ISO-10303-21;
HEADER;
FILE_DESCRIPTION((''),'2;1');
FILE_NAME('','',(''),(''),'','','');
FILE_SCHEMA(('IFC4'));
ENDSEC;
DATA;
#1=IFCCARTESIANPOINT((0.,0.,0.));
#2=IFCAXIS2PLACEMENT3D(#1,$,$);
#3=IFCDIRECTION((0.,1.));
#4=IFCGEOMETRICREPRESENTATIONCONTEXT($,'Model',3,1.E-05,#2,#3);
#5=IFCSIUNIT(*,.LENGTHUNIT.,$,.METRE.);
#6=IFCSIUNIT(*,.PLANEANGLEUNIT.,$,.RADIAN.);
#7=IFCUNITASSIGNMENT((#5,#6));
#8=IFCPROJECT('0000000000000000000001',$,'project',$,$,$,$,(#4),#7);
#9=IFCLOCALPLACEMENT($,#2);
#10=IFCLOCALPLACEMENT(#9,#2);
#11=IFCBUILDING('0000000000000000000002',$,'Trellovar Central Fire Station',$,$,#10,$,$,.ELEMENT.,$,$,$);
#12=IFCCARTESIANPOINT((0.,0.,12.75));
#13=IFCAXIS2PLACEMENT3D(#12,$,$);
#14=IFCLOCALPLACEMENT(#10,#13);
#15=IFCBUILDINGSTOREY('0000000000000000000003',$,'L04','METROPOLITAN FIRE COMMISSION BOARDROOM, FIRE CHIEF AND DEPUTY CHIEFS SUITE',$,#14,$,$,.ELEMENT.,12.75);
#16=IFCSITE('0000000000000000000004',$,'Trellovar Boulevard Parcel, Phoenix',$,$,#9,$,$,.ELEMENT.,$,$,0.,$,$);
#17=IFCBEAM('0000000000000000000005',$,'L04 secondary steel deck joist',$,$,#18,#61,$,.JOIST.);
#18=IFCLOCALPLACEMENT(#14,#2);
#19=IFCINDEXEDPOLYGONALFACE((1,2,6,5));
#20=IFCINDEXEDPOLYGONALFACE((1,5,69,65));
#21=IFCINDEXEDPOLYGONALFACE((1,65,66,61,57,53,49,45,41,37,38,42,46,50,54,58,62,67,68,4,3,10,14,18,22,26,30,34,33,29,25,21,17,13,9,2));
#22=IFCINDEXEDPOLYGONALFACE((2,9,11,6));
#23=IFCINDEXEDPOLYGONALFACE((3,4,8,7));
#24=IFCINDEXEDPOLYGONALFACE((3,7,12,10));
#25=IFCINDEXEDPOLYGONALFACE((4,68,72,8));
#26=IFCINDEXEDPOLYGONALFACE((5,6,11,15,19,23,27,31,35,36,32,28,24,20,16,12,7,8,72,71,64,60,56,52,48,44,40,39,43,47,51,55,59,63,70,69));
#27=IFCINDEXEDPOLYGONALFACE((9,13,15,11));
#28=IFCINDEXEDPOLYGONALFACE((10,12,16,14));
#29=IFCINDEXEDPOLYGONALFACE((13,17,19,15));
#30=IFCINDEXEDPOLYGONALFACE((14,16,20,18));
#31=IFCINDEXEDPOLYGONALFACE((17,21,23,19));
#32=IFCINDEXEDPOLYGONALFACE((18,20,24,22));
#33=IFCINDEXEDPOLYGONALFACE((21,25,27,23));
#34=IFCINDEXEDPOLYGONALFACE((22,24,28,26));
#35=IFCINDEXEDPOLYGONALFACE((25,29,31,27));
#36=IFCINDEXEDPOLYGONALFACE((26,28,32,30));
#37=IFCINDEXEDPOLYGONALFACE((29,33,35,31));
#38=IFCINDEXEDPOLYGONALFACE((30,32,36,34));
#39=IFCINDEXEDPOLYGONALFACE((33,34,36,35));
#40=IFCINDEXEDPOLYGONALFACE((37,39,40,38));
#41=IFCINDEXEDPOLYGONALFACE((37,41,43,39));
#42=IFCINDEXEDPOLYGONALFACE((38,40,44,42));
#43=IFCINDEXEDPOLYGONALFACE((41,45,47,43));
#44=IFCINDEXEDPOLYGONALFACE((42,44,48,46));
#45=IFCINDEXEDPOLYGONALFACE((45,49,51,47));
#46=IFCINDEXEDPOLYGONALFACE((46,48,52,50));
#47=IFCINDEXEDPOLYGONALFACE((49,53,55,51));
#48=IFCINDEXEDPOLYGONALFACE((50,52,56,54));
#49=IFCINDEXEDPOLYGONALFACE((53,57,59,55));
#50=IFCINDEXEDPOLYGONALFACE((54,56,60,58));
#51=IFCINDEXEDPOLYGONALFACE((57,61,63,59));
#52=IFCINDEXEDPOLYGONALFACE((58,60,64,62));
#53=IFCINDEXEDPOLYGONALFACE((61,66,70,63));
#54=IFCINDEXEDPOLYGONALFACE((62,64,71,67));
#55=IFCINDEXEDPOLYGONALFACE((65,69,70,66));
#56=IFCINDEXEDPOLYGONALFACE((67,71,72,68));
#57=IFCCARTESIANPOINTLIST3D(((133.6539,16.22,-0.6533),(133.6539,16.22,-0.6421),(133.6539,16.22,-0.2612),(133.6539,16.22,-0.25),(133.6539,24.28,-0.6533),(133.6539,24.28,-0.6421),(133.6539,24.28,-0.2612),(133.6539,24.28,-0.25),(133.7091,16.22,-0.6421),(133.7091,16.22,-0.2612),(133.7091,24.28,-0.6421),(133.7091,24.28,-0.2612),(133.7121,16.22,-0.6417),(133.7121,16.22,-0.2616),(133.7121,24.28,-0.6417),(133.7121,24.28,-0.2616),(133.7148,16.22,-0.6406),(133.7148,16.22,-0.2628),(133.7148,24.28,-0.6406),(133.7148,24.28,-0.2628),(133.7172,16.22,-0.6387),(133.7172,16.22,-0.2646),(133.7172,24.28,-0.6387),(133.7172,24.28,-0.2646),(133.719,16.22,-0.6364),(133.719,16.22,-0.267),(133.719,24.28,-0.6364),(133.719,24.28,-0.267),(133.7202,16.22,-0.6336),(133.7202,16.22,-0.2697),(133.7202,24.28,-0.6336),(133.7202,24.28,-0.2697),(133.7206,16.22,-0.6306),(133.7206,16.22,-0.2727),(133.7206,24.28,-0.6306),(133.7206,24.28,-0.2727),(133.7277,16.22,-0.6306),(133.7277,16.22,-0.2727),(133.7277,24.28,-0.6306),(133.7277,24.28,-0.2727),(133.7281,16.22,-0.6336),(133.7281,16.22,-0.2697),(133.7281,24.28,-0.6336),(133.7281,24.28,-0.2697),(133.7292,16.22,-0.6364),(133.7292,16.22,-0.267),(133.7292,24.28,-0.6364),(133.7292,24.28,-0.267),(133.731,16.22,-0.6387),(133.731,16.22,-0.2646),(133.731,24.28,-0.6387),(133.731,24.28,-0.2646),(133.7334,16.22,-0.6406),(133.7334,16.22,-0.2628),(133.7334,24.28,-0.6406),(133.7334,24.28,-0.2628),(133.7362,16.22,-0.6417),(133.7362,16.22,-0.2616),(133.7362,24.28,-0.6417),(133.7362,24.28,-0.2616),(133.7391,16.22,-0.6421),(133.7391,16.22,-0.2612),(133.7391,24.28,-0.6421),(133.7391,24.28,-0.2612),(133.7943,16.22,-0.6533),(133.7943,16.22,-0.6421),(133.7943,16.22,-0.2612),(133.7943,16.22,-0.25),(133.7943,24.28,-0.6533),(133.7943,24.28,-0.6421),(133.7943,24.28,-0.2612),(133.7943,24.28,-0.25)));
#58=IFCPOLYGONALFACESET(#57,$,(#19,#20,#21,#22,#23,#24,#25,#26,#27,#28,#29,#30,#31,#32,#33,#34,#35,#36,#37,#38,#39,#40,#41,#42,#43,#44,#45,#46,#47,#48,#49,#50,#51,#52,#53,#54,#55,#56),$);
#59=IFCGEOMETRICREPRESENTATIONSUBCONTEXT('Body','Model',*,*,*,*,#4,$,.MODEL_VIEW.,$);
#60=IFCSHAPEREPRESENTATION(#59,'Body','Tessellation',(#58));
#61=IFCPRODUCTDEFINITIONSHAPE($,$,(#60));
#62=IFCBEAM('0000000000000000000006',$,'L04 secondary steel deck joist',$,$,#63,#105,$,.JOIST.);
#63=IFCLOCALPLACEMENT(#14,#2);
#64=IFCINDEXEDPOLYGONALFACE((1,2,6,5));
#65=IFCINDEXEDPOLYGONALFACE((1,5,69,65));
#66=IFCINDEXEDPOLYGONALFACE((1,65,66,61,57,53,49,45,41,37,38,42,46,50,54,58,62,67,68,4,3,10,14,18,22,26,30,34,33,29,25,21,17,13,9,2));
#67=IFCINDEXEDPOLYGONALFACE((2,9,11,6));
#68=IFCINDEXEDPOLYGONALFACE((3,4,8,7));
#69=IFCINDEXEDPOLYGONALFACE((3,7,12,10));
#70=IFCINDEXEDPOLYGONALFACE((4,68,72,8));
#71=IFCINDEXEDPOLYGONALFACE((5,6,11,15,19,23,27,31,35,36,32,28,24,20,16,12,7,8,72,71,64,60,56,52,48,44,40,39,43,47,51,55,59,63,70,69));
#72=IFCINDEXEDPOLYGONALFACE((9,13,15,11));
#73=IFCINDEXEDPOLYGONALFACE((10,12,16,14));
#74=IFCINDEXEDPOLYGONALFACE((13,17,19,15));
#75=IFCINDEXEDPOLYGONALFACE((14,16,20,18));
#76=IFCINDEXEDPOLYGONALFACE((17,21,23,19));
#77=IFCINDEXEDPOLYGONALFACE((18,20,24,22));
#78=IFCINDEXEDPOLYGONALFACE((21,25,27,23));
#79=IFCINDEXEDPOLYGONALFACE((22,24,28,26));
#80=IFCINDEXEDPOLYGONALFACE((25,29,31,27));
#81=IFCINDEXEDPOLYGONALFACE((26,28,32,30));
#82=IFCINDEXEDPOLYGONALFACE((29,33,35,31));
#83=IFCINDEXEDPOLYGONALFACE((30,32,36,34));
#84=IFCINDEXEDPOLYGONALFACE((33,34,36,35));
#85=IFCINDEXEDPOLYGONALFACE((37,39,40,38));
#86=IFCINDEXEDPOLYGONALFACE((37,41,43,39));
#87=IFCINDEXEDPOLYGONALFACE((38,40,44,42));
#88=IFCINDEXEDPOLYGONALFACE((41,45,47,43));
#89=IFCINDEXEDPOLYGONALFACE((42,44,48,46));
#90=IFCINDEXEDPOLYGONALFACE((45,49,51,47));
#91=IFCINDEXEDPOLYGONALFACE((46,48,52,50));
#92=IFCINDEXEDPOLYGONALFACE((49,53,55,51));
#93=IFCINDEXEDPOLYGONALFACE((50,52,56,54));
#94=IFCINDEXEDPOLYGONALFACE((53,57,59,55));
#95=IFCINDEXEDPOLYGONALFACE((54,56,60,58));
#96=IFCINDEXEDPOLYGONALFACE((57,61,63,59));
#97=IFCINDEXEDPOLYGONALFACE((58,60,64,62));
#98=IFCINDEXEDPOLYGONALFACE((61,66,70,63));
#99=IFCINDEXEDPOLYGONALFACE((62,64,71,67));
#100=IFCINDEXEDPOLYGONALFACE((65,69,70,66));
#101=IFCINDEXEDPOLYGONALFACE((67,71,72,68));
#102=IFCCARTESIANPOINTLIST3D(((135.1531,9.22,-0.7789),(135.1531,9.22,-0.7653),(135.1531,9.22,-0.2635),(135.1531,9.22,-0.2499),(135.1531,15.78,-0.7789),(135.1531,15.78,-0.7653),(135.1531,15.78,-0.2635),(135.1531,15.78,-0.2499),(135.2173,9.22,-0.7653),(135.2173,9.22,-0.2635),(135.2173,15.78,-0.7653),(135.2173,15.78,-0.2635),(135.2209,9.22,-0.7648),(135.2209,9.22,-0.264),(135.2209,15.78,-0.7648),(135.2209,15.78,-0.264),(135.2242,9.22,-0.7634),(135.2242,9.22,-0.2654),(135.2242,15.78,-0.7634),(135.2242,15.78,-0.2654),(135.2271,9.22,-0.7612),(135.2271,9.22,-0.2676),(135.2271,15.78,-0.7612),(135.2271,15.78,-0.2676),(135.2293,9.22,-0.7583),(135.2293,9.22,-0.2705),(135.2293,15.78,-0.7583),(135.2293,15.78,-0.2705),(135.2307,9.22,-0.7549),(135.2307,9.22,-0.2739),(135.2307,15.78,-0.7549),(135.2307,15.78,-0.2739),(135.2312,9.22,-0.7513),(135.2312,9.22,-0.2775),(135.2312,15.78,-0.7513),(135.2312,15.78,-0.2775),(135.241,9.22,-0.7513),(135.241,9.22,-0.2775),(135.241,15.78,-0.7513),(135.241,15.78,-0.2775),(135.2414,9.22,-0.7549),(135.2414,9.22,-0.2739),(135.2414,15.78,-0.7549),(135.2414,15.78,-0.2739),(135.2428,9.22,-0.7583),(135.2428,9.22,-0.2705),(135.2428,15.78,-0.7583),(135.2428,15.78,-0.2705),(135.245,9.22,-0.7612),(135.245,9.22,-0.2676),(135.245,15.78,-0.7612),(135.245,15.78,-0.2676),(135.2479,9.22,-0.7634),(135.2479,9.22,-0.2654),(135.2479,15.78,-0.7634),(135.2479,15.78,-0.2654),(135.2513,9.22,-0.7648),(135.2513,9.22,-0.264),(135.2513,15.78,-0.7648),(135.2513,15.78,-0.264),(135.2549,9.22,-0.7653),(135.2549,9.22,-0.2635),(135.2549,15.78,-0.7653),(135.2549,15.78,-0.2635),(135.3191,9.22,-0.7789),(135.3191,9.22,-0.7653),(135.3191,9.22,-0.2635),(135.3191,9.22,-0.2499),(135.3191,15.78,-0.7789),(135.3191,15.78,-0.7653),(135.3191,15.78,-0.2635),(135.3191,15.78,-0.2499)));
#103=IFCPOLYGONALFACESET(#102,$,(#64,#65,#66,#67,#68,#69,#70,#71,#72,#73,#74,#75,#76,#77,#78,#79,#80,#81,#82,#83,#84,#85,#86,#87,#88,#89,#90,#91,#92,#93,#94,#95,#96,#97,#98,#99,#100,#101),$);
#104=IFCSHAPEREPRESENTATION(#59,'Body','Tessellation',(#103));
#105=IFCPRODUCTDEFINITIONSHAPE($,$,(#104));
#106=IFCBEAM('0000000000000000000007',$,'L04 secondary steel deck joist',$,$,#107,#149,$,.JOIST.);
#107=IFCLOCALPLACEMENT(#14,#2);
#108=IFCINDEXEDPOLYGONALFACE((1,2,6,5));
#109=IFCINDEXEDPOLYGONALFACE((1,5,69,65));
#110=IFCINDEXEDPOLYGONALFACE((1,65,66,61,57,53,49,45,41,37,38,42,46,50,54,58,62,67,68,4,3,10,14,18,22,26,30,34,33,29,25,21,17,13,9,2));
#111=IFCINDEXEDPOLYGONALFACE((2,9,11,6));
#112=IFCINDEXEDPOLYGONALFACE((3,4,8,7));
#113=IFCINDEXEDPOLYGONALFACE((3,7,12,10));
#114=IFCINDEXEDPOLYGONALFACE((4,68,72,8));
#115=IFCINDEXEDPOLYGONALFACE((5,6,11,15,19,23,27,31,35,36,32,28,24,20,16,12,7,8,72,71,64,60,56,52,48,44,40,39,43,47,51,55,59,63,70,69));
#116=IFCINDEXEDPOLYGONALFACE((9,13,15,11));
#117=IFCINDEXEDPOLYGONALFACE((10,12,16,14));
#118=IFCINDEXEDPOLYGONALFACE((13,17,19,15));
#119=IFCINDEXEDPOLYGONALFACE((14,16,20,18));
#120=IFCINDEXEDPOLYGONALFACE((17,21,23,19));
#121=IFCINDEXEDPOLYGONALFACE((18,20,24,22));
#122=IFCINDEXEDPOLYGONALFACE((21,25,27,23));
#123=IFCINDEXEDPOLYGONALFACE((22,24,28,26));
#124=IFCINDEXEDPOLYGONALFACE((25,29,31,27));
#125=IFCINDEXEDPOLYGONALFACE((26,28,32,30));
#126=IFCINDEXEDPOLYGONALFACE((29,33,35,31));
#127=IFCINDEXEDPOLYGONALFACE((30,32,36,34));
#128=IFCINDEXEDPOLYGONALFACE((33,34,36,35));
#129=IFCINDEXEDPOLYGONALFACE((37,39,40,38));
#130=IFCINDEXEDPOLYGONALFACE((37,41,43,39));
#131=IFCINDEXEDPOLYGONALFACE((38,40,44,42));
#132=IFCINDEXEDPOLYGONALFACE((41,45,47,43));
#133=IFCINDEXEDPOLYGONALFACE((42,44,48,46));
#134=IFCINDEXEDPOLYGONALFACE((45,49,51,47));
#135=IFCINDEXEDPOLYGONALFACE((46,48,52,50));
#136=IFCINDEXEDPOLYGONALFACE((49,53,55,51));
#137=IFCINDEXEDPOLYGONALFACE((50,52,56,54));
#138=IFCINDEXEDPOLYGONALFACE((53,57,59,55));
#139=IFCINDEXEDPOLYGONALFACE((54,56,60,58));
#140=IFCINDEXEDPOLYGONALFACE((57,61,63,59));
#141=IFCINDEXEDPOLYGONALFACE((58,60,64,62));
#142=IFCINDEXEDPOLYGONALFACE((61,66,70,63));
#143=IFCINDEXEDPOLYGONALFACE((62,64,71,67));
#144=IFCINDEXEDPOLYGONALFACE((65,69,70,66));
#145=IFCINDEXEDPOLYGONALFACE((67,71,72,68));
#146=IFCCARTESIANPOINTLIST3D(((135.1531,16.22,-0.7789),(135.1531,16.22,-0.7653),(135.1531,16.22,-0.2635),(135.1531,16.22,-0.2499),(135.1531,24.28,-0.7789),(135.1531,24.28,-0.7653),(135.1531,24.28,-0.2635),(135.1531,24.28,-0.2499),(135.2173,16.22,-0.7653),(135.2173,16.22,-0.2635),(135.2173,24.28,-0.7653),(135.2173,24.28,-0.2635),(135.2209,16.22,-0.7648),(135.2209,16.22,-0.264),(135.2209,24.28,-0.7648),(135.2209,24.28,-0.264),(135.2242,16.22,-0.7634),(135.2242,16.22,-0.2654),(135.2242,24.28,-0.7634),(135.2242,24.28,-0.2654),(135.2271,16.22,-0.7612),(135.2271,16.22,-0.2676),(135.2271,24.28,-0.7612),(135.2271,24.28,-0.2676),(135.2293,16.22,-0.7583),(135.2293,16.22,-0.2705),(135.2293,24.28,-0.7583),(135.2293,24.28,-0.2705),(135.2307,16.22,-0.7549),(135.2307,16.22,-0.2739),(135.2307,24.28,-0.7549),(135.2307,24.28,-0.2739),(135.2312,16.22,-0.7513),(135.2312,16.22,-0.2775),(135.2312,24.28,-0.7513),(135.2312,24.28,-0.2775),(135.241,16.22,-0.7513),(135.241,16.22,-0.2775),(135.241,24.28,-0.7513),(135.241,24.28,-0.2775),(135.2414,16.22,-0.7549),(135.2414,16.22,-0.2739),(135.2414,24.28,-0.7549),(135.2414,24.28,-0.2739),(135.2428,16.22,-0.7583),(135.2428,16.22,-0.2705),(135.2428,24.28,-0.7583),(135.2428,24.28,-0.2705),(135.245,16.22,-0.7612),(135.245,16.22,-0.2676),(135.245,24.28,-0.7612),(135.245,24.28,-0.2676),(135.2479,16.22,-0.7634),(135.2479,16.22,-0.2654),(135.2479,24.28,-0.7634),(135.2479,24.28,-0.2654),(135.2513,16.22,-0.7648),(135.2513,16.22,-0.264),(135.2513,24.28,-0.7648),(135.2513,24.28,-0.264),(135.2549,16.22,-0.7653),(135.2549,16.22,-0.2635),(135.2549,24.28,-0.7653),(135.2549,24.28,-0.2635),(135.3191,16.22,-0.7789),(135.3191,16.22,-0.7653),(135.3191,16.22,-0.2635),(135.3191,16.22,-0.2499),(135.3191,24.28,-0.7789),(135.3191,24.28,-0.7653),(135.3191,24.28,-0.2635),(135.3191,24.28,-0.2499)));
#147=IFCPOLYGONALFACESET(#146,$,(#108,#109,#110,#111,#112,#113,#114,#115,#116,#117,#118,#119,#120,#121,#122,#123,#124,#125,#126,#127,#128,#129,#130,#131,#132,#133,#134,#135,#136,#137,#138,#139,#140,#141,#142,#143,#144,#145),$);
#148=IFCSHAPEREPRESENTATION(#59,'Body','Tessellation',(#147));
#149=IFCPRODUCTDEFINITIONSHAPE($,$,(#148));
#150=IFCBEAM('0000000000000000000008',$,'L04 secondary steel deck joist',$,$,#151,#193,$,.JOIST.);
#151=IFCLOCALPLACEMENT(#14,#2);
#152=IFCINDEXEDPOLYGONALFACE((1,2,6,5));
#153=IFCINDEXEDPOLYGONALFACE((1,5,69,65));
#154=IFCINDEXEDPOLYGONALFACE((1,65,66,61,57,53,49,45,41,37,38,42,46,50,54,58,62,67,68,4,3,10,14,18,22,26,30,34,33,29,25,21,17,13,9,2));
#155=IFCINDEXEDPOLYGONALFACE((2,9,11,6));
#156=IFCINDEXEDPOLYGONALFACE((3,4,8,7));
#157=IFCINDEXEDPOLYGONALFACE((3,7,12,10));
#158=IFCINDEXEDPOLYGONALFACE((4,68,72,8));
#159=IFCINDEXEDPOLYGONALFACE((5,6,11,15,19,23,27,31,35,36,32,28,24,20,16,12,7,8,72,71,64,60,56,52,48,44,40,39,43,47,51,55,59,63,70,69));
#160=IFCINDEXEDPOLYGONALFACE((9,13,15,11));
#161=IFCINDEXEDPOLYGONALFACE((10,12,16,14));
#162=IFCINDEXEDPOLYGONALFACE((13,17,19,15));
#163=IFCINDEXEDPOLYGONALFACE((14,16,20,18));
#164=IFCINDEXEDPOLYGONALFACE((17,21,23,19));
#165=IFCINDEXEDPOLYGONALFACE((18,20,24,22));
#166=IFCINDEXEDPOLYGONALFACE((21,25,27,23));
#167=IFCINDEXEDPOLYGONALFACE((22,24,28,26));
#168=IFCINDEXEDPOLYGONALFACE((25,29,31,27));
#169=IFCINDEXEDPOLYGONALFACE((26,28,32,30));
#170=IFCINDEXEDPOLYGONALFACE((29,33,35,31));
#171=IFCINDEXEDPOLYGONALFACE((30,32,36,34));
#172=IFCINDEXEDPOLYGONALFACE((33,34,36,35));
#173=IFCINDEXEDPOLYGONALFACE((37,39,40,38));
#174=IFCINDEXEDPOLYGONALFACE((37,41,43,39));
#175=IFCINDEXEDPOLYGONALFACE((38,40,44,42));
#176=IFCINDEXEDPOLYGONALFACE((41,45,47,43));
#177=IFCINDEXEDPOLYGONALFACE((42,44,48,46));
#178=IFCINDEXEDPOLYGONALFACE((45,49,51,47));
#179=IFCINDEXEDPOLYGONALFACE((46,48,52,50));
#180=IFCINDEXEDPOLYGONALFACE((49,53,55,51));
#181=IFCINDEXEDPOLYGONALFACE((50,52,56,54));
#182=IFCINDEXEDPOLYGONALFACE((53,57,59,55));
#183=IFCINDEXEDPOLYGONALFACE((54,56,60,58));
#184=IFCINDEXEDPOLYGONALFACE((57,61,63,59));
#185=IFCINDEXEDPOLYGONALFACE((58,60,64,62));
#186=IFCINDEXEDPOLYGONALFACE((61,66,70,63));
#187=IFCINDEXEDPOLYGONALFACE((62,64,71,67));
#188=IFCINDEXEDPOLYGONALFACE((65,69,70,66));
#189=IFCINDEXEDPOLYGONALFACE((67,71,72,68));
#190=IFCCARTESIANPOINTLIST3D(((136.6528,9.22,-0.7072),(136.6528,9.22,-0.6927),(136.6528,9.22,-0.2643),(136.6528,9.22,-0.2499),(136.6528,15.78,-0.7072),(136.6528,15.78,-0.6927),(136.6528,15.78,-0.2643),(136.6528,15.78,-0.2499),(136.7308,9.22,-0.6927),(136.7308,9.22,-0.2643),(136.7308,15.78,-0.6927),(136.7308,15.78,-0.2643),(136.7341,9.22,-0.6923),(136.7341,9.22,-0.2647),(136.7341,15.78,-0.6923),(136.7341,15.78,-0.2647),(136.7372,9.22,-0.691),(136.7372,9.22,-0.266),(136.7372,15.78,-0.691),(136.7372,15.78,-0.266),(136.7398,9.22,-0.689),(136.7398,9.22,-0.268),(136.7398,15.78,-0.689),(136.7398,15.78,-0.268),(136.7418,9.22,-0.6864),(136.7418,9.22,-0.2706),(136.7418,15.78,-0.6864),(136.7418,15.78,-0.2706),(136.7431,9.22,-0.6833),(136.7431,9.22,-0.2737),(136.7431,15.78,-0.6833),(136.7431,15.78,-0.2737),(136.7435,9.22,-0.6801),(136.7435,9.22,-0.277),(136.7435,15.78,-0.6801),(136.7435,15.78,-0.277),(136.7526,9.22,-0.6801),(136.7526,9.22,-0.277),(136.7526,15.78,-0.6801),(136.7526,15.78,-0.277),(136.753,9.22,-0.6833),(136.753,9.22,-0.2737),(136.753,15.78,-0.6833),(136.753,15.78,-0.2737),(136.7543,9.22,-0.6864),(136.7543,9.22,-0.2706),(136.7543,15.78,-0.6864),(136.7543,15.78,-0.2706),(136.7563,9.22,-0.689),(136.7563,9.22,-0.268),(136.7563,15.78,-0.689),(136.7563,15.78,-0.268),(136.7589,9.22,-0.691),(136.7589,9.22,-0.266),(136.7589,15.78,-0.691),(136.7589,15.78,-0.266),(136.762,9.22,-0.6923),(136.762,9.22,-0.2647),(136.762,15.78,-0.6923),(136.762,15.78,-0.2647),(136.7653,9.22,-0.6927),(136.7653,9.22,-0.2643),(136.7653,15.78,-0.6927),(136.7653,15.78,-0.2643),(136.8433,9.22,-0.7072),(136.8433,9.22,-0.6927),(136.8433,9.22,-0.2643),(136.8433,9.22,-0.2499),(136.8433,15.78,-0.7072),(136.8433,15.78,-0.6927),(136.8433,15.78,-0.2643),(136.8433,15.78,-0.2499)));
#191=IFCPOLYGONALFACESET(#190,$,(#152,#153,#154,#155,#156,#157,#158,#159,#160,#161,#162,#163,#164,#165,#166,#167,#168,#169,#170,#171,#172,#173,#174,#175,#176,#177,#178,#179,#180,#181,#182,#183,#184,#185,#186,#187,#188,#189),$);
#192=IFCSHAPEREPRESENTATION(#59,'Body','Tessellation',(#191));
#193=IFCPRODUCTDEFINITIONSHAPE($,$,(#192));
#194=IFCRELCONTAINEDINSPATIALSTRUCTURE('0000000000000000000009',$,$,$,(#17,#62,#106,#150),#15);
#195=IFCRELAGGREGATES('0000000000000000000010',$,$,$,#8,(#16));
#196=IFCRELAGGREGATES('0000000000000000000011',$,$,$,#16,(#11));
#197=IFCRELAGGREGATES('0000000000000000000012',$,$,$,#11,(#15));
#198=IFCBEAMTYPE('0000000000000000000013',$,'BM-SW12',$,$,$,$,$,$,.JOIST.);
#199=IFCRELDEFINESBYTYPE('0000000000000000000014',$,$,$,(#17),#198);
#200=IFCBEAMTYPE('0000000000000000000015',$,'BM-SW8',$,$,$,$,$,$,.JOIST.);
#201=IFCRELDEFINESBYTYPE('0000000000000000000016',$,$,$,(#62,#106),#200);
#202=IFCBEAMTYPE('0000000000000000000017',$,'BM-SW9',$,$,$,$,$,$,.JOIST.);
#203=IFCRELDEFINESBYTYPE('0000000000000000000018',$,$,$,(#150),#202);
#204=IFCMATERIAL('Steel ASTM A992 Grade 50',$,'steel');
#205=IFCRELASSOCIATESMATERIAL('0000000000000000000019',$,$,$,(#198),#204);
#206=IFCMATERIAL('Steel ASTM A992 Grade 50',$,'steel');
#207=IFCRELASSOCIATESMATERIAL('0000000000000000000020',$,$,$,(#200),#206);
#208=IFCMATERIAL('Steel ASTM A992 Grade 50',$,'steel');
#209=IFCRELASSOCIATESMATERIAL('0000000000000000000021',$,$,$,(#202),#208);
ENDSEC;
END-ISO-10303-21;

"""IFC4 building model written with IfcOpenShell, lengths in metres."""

from ifc_helpers import new_model, si_unit, direction, frame, origin, origin_2d, place, context, subcontext, project, spatial, i_section, extrude, material, material_profile, profile_set, type_object, element, save


model = new_model("IFC4")

# Units and contexts
model_context = context("Model", 3, precision=1e-05, world=origin(), true_north=direction((0.0, 1.0)))
body_context = subcontext(model_context, "Body", "Model", "MODEL_VIEW")
ifc_project = project(units=[si_unit("LENGTHUNIT", "METRE"), si_unit("PLANEANGLEUNIT", "RADIAN")], contexts=[model_context])

# Site, building, storey
site_placement = place(None, origin())
site = spatial("IfcSite", under=ifc_project, at=site_placement, Name="Trellovar Boulevard Parcel, Phoenix", CompositionType="ELEMENT", RefElevation=0.0)
building_placement = place(site_placement, origin())
building = spatial("IfcBuilding", under=site, at=building_placement, Name="Trellovar Central Fire Station", CompositionType="ELEMENT")
storey_placement = place(building_placement, frame((0.0, 0.0, 12.75)))
storey = spatial("IfcBuildingStorey", under=building, at=storey_placement, Name="L04", Description="METROPOLITAN FIRE COMMISSION BOARDROOM, FIRE CHIEF AND DEPUTY CHIEFS SUITE", CompositionType="ELEMENT", Elevation=12.75)

# Beams
ifc_material_1 = material(Name="Steel ASTM A992 Grade 50", Category="steel")
ifc_material_profile_1 = material_profile(ifc_material_1, i_section(OverallWidth=0.1404, OverallDepth=0.4033, WebThickness=0.0071, FlangeThickness=0.0112, FilletRadius=0.0115, at=origin_2d()), Name="W16X31")
ifc_profile_set_1 = profile_set([ifc_material_profile_1], Name="Steel ASTM A992 Grade 50")
beam_type_1 = type_object("IfcBeamType", Name="BM-SW12", PredefinedType="JOIST", material=ifc_profile_set_1)
beam_1_placement = place(storey_placement, frame((133.7241, 16.22, -0.4517), z_axis=(0.0, 1.0, 0.0), x_axis=(-1.0, 0.0, 0.0)))
element("IfcBeam", 1, at=beam_1_placement, inside=storey, type_object=beam_type_1, Name="L04 secondary steel deck joist", PredefinedType="JOIST", context=body_context, shape_type="SweptSolid", body=[
    extrude(i_section(OverallWidth=0.1404, OverallDepth=0.4033, WebThickness=0.0071, FlangeThickness=0.0112, FilletRadius=0.0115, at=origin_2d()), origin(), (0.0, 0.0, 1.0), 8.0601),
])
ifc_material_2 = material(Name="Steel ASTM A992 Grade 50", Category="steel")
ifc_material_profile_2 = material_profile(ifc_material_2, i_section(OverallWidth=0.166, OverallDepth=0.5291, WebThickness=0.0098, FlangeThickness=0.0137, FilletRadius=0.0139, at=origin_2d()), Name="W21X50")
ifc_profile_set_2 = profile_set([ifc_material_profile_2], Name="Steel ASTM A992 Grade 50")
beam_type_2 = type_object("IfcBeamType", Name="BM-SW8", PredefinedType="JOIST", material=ifc_profile_set_2)
beam_2_placement = place(storey_placement, frame((135.2361, 9.22, -0.5144), z_axis=(0.0, 1.0, 0.0), x_axis=(-1.0, 0.0, 0.0)))
element("IfcBeam", 2, at=beam_2_placement, inside=storey, type_object=beam_type_2, Name="L04 secondary steel deck joist", PredefinedType="JOIST", context=body_context, shape_type="SweptSolid", body=[
    extrude(i_section(OverallWidth=0.166, OverallDepth=0.5291, WebThickness=0.0098, FlangeThickness=0.0137, FilletRadius=0.0139, at=origin_2d()), origin(), (0.0, 0.0, 1.0), 6.5601),
])
beam_3_placement = place(storey_placement, frame((135.2361, 16.22, -0.5144), z_axis=(0.0, 1.0, 0.0), x_axis=(-1.0, 0.0, 0.0)))
element("IfcBeam", 3, at=beam_3_placement, inside=storey, type_object=beam_type_2, Name="L04 secondary steel deck joist", PredefinedType="JOIST", context=body_context, shape_type="SweptSolid", body=[
    extrude(i_section(OverallWidth=0.166, OverallDepth=0.5291, WebThickness=0.0098, FlangeThickness=0.0137, FilletRadius=0.0139, at=origin_2d()), origin(), (0.0, 0.0, 1.0), 8.0601),
])
ifc_material_3 = material(Name="Steel ASTM A992 Grade 50", Category="steel")
ifc_material_profile_3 = material_profile(ifc_material_3, i_section(OverallWidth=0.1904, OverallDepth=0.4573, WebThickness=0.009, FlangeThickness=0.0144, FilletRadius=0.0127, at=origin_2d()), Name="W18X50")
ifc_profile_set_3 = profile_set([ifc_material_profile_3], Name="Steel ASTM A992 Grade 50")
beam_type_3 = type_object("IfcBeamType", Name="BM-SW9", PredefinedType="JOIST", material=ifc_profile_set_3)
beam_4_placement = place(storey_placement, frame((136.748, 9.22, -0.4785), z_axis=(0.0, 1.0, 0.0), x_axis=(-1.0, 0.0, 0.0)))
element("IfcBeam", 4, at=beam_4_placement, inside=storey, type_object=beam_type_3, Name="L04 secondary steel deck joist", PredefinedType="JOIST", context=body_context, shape_type="SweptSolid", body=[
    extrude(i_section(OverallWidth=0.1904, OverallDepth=0.4573, WebThickness=0.009, FlangeThickness=0.0144, FilletRadius=0.0127, at=origin_2d()), origin(), (0.0, 0.0, 1.0), 6.5601),
])

save(model, "model.ifc")
